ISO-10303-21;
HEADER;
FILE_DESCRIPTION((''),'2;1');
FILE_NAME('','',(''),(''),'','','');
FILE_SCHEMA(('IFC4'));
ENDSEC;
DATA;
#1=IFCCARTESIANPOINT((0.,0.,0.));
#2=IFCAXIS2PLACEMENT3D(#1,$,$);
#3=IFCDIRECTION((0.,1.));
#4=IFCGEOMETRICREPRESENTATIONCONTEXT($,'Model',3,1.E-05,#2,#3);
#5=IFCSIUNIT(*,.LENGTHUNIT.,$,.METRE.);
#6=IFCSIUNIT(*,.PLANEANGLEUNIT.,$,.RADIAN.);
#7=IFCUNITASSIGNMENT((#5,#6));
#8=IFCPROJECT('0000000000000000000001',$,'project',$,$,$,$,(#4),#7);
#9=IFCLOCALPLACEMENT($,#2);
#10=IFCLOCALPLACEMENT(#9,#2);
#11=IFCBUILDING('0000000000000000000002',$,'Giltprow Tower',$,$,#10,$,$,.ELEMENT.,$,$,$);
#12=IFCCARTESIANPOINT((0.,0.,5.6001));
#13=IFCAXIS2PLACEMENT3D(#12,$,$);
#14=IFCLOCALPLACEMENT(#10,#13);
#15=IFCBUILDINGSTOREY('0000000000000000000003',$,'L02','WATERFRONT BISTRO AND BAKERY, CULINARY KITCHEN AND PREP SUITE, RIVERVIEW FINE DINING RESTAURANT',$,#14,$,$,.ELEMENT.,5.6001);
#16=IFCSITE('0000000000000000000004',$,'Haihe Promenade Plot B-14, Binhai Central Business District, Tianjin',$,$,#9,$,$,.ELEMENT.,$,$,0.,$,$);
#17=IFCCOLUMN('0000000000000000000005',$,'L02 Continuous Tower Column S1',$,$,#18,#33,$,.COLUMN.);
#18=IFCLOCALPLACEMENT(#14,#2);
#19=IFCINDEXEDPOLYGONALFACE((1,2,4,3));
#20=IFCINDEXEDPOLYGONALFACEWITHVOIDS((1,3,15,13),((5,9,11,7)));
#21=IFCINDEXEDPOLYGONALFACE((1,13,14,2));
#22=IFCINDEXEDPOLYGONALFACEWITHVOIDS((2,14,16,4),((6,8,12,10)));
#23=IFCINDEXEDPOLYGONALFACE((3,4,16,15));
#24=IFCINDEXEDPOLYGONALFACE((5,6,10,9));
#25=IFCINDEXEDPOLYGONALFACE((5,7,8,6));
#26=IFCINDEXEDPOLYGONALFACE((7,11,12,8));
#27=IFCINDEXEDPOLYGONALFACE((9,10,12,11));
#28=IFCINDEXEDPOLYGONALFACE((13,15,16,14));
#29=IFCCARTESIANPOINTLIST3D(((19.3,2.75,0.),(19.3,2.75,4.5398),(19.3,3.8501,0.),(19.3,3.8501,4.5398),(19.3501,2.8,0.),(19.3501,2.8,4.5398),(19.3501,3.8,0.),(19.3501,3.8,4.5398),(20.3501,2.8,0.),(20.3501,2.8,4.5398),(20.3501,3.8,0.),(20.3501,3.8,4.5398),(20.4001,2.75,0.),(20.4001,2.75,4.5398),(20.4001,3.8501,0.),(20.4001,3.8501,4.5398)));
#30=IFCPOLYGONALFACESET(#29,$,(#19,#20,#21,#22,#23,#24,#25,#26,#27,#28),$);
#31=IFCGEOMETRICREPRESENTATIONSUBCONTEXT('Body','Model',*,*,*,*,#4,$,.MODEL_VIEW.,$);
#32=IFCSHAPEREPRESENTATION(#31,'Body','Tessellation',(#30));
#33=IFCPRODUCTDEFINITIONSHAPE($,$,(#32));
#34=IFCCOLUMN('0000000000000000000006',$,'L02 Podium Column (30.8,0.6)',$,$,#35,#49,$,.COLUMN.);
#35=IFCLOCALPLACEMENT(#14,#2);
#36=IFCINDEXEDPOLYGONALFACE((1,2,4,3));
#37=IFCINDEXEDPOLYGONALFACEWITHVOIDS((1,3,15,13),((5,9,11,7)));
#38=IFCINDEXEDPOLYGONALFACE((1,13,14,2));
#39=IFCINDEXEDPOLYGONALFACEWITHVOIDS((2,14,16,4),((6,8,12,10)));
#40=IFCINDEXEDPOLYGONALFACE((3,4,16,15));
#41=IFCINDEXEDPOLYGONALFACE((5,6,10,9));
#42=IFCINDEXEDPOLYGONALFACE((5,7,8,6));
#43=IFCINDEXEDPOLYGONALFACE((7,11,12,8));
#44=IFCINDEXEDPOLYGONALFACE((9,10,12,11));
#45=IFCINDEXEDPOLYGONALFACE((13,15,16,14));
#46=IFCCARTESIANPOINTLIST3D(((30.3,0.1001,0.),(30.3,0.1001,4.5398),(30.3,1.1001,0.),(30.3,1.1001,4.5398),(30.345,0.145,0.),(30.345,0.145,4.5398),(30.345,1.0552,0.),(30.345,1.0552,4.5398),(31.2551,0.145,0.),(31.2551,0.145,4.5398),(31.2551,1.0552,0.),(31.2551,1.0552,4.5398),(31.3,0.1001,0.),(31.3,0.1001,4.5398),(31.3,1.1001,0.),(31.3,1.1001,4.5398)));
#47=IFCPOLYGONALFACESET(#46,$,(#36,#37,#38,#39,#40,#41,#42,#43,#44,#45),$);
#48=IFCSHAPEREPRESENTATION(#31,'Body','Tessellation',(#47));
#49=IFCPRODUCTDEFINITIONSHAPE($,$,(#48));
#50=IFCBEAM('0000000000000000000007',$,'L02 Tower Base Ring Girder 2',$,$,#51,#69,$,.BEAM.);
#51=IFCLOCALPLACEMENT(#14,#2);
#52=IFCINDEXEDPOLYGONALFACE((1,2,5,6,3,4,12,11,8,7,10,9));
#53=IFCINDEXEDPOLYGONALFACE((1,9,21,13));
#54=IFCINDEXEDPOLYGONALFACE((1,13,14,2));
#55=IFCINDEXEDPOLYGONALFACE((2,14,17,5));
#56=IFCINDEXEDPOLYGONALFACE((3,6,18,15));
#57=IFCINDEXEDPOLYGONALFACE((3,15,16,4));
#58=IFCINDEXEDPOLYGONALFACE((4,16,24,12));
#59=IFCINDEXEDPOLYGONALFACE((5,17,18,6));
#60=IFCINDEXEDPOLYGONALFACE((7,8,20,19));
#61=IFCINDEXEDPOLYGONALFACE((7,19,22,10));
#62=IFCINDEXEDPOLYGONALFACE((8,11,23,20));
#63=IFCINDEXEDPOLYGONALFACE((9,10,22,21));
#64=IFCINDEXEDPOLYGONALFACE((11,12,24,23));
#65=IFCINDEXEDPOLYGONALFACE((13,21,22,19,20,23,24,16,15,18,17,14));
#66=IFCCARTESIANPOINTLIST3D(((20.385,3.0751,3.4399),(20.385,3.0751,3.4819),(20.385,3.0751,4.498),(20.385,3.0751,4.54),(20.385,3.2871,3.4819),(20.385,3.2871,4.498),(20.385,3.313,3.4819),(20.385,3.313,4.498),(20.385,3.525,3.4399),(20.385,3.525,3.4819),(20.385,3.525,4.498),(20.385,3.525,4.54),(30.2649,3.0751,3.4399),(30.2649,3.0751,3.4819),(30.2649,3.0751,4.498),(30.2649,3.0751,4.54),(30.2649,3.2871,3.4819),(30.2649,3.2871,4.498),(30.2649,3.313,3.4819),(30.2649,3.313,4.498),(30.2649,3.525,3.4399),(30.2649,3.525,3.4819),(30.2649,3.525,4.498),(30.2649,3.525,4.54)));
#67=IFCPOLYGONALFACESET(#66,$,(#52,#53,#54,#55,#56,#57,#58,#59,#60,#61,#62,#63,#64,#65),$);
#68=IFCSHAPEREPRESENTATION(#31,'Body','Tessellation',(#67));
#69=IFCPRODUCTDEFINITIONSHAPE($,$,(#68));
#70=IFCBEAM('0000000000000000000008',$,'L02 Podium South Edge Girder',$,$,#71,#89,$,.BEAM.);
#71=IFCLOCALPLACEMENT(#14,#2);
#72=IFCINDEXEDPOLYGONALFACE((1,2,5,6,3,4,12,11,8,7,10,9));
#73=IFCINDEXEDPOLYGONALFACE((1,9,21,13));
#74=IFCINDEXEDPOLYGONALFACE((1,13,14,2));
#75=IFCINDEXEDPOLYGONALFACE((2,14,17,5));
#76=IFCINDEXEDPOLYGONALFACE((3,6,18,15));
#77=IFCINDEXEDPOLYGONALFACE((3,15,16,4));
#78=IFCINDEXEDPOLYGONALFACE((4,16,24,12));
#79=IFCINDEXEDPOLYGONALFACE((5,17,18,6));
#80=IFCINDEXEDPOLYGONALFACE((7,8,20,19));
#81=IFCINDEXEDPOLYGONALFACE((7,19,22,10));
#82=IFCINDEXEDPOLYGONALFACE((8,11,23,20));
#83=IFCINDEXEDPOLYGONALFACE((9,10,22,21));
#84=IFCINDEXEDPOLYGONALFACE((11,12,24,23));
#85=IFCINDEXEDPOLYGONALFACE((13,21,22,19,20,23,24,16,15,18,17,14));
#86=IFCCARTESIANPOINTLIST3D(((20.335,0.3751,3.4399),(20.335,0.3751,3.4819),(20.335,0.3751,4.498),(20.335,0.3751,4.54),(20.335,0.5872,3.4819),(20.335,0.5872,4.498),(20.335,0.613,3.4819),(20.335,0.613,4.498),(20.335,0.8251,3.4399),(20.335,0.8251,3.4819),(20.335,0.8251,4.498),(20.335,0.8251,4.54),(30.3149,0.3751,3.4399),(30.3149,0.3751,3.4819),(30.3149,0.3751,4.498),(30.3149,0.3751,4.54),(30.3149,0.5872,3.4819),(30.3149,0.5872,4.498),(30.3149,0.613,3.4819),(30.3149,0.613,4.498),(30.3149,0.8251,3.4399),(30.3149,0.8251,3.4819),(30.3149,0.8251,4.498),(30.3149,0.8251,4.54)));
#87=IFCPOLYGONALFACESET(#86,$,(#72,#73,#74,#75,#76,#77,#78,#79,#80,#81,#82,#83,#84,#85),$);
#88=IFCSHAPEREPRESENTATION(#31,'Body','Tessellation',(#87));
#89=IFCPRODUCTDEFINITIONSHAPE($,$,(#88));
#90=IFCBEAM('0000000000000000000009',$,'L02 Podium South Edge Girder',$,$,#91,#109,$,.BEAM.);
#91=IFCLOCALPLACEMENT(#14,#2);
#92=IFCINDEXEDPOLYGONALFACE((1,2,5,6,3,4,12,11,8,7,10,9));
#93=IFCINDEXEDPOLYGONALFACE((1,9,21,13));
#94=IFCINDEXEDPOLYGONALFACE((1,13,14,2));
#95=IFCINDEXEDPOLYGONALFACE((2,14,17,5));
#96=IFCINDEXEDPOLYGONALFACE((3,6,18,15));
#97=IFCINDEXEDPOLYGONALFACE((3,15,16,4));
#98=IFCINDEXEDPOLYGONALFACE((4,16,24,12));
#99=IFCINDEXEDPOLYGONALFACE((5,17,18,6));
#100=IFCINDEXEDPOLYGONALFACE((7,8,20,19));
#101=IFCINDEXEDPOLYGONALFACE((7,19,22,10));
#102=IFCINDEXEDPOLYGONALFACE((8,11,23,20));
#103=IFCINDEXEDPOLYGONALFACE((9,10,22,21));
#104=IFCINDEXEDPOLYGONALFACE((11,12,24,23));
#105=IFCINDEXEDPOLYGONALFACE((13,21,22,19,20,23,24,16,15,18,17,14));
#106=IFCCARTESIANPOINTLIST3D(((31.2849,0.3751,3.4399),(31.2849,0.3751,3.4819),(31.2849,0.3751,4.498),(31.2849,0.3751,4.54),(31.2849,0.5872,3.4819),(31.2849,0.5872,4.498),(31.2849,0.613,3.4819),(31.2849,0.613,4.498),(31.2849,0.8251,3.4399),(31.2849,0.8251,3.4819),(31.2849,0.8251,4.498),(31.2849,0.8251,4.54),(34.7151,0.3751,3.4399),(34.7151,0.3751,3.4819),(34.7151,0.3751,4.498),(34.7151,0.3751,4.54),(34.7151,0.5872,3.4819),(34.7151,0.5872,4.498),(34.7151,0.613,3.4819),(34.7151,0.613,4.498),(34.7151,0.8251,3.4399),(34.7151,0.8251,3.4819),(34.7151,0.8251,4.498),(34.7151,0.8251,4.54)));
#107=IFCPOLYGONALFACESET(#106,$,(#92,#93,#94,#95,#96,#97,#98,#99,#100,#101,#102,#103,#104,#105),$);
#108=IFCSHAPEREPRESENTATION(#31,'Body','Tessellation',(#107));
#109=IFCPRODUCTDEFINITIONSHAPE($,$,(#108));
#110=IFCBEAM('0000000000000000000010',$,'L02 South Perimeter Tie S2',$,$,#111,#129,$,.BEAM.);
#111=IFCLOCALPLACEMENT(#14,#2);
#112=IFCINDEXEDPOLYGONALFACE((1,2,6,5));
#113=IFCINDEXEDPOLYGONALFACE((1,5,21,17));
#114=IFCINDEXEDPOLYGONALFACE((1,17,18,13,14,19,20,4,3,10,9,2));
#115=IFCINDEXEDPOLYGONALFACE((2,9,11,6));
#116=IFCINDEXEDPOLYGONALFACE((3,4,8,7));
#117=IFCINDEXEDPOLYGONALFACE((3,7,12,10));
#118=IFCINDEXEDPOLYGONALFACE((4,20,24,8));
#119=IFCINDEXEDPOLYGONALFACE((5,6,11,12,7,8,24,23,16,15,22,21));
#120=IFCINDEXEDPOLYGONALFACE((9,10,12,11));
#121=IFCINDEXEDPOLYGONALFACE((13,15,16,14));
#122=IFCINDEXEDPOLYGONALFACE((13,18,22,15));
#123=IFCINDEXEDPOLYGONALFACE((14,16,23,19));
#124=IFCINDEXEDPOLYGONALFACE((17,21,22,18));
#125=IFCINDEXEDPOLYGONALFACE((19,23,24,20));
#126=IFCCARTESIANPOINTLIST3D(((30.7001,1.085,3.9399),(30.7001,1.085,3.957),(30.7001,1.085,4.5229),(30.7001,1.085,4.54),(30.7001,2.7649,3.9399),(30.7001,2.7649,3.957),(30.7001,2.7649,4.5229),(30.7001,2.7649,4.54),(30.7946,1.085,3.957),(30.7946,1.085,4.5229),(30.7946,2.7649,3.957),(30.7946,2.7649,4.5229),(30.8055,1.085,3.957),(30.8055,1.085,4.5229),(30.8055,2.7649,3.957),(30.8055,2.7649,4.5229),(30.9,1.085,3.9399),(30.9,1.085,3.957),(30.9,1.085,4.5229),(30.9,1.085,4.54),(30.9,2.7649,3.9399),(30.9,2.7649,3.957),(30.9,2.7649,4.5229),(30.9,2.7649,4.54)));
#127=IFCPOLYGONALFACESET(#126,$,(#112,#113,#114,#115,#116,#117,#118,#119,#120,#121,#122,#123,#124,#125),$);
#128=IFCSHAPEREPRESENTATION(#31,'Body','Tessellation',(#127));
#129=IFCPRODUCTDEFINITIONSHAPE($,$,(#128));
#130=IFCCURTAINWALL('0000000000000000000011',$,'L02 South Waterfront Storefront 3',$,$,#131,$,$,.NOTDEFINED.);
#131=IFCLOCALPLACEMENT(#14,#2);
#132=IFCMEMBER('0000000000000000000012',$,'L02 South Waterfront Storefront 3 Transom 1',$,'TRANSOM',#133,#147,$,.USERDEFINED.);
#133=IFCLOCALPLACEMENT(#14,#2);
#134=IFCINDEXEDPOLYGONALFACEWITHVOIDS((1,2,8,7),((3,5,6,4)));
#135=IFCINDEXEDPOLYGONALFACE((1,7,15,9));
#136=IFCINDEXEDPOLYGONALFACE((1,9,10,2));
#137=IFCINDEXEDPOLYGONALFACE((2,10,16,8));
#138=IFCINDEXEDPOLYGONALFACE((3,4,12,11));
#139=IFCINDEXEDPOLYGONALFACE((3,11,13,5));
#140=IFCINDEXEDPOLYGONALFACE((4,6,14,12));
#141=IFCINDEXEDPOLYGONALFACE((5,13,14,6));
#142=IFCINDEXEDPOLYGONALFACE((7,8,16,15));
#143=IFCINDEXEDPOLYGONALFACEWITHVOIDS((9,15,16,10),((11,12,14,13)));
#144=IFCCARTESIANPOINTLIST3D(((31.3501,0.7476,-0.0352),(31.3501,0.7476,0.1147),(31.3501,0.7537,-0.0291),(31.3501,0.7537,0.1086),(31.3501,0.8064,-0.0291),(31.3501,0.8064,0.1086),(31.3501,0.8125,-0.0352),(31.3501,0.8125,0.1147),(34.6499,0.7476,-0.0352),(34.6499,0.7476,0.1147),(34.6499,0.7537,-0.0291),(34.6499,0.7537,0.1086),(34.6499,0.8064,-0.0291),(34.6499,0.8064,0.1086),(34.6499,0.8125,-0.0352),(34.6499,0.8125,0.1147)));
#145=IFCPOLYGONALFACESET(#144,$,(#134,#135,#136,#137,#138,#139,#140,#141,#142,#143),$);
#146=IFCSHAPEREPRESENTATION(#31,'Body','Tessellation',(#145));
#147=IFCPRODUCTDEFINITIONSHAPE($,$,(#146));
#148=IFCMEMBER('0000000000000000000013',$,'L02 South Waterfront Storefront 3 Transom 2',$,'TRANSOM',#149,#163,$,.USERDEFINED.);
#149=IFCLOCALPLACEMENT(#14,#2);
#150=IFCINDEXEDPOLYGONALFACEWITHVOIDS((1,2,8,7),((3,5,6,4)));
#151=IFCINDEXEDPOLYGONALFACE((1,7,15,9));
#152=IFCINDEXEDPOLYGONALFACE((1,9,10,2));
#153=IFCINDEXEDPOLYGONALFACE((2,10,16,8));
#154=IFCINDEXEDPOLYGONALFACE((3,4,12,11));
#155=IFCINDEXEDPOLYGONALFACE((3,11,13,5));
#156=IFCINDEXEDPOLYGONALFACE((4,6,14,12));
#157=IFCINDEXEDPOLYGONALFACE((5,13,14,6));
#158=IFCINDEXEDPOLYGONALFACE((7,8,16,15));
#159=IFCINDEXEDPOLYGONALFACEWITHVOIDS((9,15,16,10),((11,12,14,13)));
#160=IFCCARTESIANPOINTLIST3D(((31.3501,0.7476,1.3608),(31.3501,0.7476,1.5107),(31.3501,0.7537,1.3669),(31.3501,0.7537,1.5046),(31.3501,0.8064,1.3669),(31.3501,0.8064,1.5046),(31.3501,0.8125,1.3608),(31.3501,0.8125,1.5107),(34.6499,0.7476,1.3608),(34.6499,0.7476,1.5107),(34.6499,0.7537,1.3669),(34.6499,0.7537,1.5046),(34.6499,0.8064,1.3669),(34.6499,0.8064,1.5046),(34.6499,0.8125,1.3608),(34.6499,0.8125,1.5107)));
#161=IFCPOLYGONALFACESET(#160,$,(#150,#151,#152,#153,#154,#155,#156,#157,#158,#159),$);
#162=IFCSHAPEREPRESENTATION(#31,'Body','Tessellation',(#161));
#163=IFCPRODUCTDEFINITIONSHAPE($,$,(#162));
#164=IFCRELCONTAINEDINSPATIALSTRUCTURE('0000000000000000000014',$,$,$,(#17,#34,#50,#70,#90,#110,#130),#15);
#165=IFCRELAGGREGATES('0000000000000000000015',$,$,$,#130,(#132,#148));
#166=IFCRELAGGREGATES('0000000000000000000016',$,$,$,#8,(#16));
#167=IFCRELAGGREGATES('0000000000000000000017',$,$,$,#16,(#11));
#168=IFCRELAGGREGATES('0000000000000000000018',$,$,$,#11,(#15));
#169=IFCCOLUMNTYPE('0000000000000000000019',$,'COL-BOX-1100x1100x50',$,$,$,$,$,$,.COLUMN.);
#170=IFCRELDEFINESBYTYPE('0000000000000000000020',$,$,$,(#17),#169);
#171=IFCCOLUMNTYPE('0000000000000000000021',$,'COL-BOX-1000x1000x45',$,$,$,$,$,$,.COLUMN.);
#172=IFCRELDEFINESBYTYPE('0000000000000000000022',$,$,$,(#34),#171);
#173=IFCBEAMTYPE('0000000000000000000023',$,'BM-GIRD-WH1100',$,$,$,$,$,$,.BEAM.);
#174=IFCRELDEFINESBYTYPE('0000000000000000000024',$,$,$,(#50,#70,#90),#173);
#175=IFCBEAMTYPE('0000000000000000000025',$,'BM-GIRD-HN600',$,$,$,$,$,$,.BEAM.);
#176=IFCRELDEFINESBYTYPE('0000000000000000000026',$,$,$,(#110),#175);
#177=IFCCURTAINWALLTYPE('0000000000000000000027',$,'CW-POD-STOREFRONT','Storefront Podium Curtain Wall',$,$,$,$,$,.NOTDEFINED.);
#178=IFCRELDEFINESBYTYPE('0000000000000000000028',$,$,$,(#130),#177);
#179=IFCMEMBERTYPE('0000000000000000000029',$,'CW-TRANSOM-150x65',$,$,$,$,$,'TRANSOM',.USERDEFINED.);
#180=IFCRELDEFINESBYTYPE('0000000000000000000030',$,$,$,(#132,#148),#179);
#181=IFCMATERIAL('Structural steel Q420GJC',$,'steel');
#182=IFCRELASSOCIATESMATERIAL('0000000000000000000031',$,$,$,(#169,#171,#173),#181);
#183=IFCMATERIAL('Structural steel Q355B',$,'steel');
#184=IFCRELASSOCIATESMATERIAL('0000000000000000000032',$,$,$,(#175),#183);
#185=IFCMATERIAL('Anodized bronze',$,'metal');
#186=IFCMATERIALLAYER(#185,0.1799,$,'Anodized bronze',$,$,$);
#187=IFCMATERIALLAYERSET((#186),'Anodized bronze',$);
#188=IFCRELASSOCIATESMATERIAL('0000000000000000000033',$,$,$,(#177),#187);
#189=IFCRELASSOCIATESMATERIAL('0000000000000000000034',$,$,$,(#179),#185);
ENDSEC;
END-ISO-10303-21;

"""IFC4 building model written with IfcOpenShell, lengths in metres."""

from ifc_helpers import new_model, si_unit, direction, frame, origin, origin_2d, place, context, subcontext, project, spatial, hollow_rectangle, i_section, extrude, source, transform, mapped, material, layer, layer_set, material_profile, profile_set, type_object, element, aggregate, save


model = new_model("IFC4")

# Units and contexts
model_context = context("Model", 3, precision=1e-05, world=origin(), true_north=direction((0.0, 1.0)))
body_context = subcontext(model_context, "Body", "Model", "MODEL_VIEW")
ifc_project = project(units=[si_unit("LENGTHUNIT", "METRE"), si_unit("PLANEANGLEUNIT", "RADIAN")], contexts=[model_context])

# Site, building, storey
site_placement = place(None, origin())
site = spatial("IfcSite", under=ifc_project, at=site_placement, Name="Haihe Promenade Plot B-14, Binhai Central Business District, Tianjin", CompositionType="ELEMENT", RefElevation=0.0)
building_placement = place(site_placement, origin())
building = spatial("IfcBuilding", under=site, at=building_placement, Name="Giltprow Tower", CompositionType="ELEMENT")
storey_placement = place(building_placement, frame((0.0, 0.0, 5.6001)))
storey = spatial("IfcBuildingStorey", under=building, at=storey_placement, Name="L02", Description="WATERFRONT BISTRO AND BAKERY, CULINARY KITCHEN AND PREP SUITE, RIVERVIEW FINE DINING RESTAURANT", CompositionType="ELEMENT", Elevation=5.6001)

# Columns
ifc_material_1 = material(Name="Structural steel Q420GJC", Category="steel")
ifc_material_profile_1 = material_profile(ifc_material_1, hollow_rectangle(XDim=1.1001, YDim=1.1001, WallThickness=0.05, at=origin_2d()), Name="BOX 1100x1100x50")
ifc_profile_set_1 = profile_set([ifc_material_profile_1], Name="Structural steel Q420GJC")
column_type_1 = type_object("IfcColumnType", Name="COL-BOX-1100x1100x50", PredefinedType="COLUMN", material=ifc_profile_set_1)
shared_shape_1 = source(origin(), body_context, "Body", "SweptSolid", [
    extrude(hollow_rectangle(XDim=1.1001, YDim=1.1001, WallThickness=0.05, at=origin_2d()), origin(), (0.0, 0.0, 1.0), 4.5398),
])
column_1_placement = place(storey_placement, frame((19.8501, 3.3, 0.0), z_axis=(0.0, 0.0, 1.0), x_axis=(1.0, 0.0, 0.0)))
element("IfcColumn", 1, at=column_1_placement, inside=storey, type_object=column_type_1, Name="L02 Continuous Tower Column S1", PredefinedType="COLUMN", context=body_context, shape_type="MappedRepresentation", body=[
    mapped(shared_shape_1, transform((0.0, 0.0, 0.0), x_axis=(1.0, 0.0, 0.0), y_axis=(0.0, 1.0, 0.0), z_axis=(0.0, 0.0, 1.0), scale=1.0)),
])
ifc_material_profile_2 = material_profile(ifc_material_1, hollow_rectangle(XDim=1.0, YDim=1.0, WallThickness=0.0449, at=origin_2d()), Name="BOX 1000x1000x45")
ifc_profile_set_2 = profile_set([ifc_material_profile_2], Name="Structural steel Q420GJC")
column_type_2 = type_object("IfcColumnType", Name="COL-BOX-1000x1000x45", PredefinedType="COLUMN", material=ifc_profile_set_2)
shared_shape_2 = source(origin(), body_context, "Body", "SweptSolid", [
    extrude(hollow_rectangle(XDim=1.0, YDim=1.0, WallThickness=0.0449, at=origin_2d()), origin(), (0.0, 0.0, 1.0), 4.5398),
])
column_2_placement = place(storey_placement, frame((30.8, 0.6001, 0.0), z_axis=(0.0, 0.0, 1.0), x_axis=(1.0, 0.0, 0.0)))
element("IfcColumn", 2, at=column_2_placement, inside=storey, type_object=column_type_2, Name="L02 Podium Column (30.8,0.6)", PredefinedType="COLUMN", context=body_context, shape_type="MappedRepresentation", body=[
    mapped(shared_shape_2, transform((0.0, 0.0, 0.0), x_axis=(1.0, 0.0, 0.0), y_axis=(0.0, 1.0, 0.0), z_axis=(0.0, 0.0, 1.0), scale=1.0)),
])

# Beams
ifc_material_profile_3 = material_profile(ifc_material_1, i_section(OverallWidth=0.45, OverallDepth=1.1001, WebThickness=0.0259, FlangeThickness=0.042, at=origin_2d()), Name="WH 1100x450x26x42")
ifc_profile_set_3 = profile_set([ifc_material_profile_3], Name="Structural steel Q420GJC")
beam_type_1 = type_object("IfcBeamType", Name="BM-GIRD-WH1100", PredefinedType="BEAM", material=ifc_profile_set_3)
shared_shape_3 = source(origin(), body_context, "Body", "SweptSolid", [
    extrude(i_section(OverallWidth=0.45, OverallDepth=1.1001, WebThickness=0.0259, FlangeThickness=0.042, at=origin_2d()), origin(), (0.0, 0.0, 1.0), 9.8799),
])
beam_1_placement = place(storey_placement, frame((20.385, 3.3, 3.99), z_axis=(1.0, 0.0, 0.0), x_axis=(0.0, 1.0, 0.0)))
element("IfcBeam", 3, at=beam_1_placement, inside=storey, type_object=beam_type_1, Name="L02 Tower Base Ring Girder 2", PredefinedType="BEAM", context=body_context, shape_type="MappedRepresentation", body=[
    mapped(shared_shape_3, transform((0.0, 0.0, 0.0), x_axis=(1.0, 0.0, 0.0), y_axis=(0.0, 1.0, 0.0), z_axis=(0.0, 0.0, 1.0), scale=1.0)),
])
shared_shape_4 = source(origin(), body_context, "Body", "SweptSolid", [
    extrude(i_section(OverallWidth=0.45, OverallDepth=1.1001, WebThickness=0.0259, FlangeThickness=0.042, at=origin_2d()), origin(), (0.0, 0.0, 1.0), 9.98),
])
beam_2_placement = place(storey_placement, frame((20.335, 0.6001, 3.99), z_axis=(1.0, 0.0, 0.0), x_axis=(0.0, 1.0, 0.0)))
element("IfcBeam", 4, at=beam_2_placement, inside=storey, type_object=beam_type_1, Name="L02 Podium South Edge Girder", PredefinedType="BEAM", context=body_context, shape_type="MappedRepresentation", body=[
    mapped(shared_shape_4, transform((0.0, 0.0, 0.0), x_axis=(1.0, 0.0, 0.0), y_axis=(0.0, 1.0, 0.0), z_axis=(0.0, 0.0, 1.0), scale=1.0)),
])
shared_shape_5 = source(origin(), body_context, "Body", "SweptSolid", [
    extrude(i_section(OverallWidth=0.45, OverallDepth=1.1001, WebThickness=0.0259, FlangeThickness=0.042, at=origin_2d()), origin(), (0.0, 0.0, 1.0), 3.4302),
])
beam_3_placement = place(storey_placement, frame((31.2849, 0.6001, 3.99), z_axis=(1.0, 0.0, 0.0), x_axis=(0.0, 1.0, 0.0)))
element("IfcBeam", 5, at=beam_3_placement, inside=storey, type_object=beam_type_1, Name="L02 Podium South Edge Girder", PredefinedType="BEAM", context=body_context, shape_type="MappedRepresentation", body=[
    mapped(shared_shape_5, transform((0.0, 0.0, 0.0), x_axis=(1.0, 0.0, 0.0), y_axis=(0.0, 1.0, 0.0), z_axis=(0.0, 0.0, 1.0), scale=1.0)),
])
ifc_material_2 = material(Name="Structural steel Q355B", Category="steel")
ifc_material_profile_4 = material_profile(ifc_material_2, i_section(OverallWidth=0.2, OverallDepth=0.6001, WebThickness=0.011, FlangeThickness=0.0171, at=origin_2d()), Name="HN 600x200x11x17")
ifc_profile_set_4 = profile_set([ifc_material_profile_4], Name="Structural steel Q355B")
beam_type_2 = type_object("IfcBeamType", Name="BM-GIRD-HN600", PredefinedType="BEAM", material=ifc_profile_set_4)
shared_shape_6 = source(origin(), body_context, "Body", "SweptSolid", [
    extrude(i_section(OverallWidth=0.2, OverallDepth=0.6001, WebThickness=0.011, FlangeThickness=0.0171, at=origin_2d()), origin(), (0.0, 0.0, 1.0), 1.6799),
])
beam_4_placement = place(storey_placement, frame((30.8, 1.085, 4.24), z_axis=(0.0, 1.0, 0.0), x_axis=(-1.0, 0.0, 0.0)))
element("IfcBeam", 6, at=beam_4_placement, inside=storey, type_object=beam_type_2, Name="L02 South Perimeter Tie S2", PredefinedType="BEAM", context=body_context, shape_type="MappedRepresentation", body=[
    mapped(shared_shape_6, transform((0.0, 0.0, 0.0), x_axis=(1.0, 0.0, 0.0), y_axis=(0.0, 1.0, 0.0), z_axis=(0.0, 0.0, 1.0), scale=1.0)),
])

# Curtain wall, members
ifc_material_3 = material(Name="Anodized bronze", Category="metal")
ifc_layer_1 = layer(ifc_material_3, 0.1799, Name="Anodized bronze")
ifc_layer_set_1 = layer_set([ifc_layer_1], Name="Anodized bronze")
curtain_wall_type = type_object("IfcCurtainWallType", Name="CW-POD-STOREFRONT", Description="Storefront Podium Curtain Wall", PredefinedType="NOTDEFINED", material=ifc_layer_set_1)
curtain_wall_placement = place(storey_placement, origin())
curtain_wall = element("IfcCurtainWall", 7, at=curtain_wall_placement, inside=storey, type_object=curtain_wall_type, Name="L02 South Waterfront Storefront 3", PredefinedType="NOTDEFINED")
ifc_material_profile_5 = material_profile(ifc_material_3, hollow_rectangle(XDim=0.0649, YDim=0.1499, WallThickness=0.0061, at=origin_2d()), Name="RHS 150x65x6")
ifc_profile_set_5 = profile_set([ifc_material_profile_5], Name="Anodized bronze")
member_type_1 = type_object("IfcMemberType", Name="CW-TRANSOM-150x65", ElementType="TRANSOM", PredefinedType="USERDEFINED", material=ifc_profile_set_5)
shared_shape_7 = source(origin(), body_context, "Body", "SweptSolid", [
    extrude(hollow_rectangle(XDim=0.0649, YDim=0.1499, WallThickness=0.0061, at=origin_2d()), origin(), (0.0, 0.0, 1.0), 3.2998),
])
member_1_placement = place(storey_placement, frame((31.3501, 0.78, 0.0398), z_axis=(1.0, 0.0, 0.0), x_axis=(0.0, 1.0, 0.0)))
member_1 = element("IfcMember", 8, at=member_1_placement, type_object=member_type_1, Name="L02 South Waterfront Storefront 3 Transom 1", ObjectType="TRANSOM", PredefinedType="USERDEFINED", context=body_context, shape_type="MappedRepresentation", body=[
    mapped(shared_shape_7, transform((0.0, 0.0, 0.0), x_axis=(1.0, 0.0, 0.0), y_axis=(0.0, 1.0, 0.0), z_axis=(0.0, 0.0, 1.0), scale=1.0)),
])
member_2_placement = place(storey_placement, frame((31.3501, 0.78, 1.4358), z_axis=(1.0, 0.0, 0.0), x_axis=(0.0, 1.0, 0.0)))
member_2 = element("IfcMember", 9, at=member_2_placement, type_object=member_type_1, Name="L02 South Waterfront Storefront 3 Transom 2", ObjectType="TRANSOM", PredefinedType="USERDEFINED", context=body_context, shape_type="MappedRepresentation", body=[
    mapped(shared_shape_7, transform((0.0, 0.0, 0.0), x_axis=(1.0, 0.0, 0.0), y_axis=(0.0, 1.0, 0.0), z_axis=(0.0, 0.0, 1.0), scale=1.0)),
])
aggregate(curtain_wall, [member_1, member_2])

save(model, "model.ifc")
